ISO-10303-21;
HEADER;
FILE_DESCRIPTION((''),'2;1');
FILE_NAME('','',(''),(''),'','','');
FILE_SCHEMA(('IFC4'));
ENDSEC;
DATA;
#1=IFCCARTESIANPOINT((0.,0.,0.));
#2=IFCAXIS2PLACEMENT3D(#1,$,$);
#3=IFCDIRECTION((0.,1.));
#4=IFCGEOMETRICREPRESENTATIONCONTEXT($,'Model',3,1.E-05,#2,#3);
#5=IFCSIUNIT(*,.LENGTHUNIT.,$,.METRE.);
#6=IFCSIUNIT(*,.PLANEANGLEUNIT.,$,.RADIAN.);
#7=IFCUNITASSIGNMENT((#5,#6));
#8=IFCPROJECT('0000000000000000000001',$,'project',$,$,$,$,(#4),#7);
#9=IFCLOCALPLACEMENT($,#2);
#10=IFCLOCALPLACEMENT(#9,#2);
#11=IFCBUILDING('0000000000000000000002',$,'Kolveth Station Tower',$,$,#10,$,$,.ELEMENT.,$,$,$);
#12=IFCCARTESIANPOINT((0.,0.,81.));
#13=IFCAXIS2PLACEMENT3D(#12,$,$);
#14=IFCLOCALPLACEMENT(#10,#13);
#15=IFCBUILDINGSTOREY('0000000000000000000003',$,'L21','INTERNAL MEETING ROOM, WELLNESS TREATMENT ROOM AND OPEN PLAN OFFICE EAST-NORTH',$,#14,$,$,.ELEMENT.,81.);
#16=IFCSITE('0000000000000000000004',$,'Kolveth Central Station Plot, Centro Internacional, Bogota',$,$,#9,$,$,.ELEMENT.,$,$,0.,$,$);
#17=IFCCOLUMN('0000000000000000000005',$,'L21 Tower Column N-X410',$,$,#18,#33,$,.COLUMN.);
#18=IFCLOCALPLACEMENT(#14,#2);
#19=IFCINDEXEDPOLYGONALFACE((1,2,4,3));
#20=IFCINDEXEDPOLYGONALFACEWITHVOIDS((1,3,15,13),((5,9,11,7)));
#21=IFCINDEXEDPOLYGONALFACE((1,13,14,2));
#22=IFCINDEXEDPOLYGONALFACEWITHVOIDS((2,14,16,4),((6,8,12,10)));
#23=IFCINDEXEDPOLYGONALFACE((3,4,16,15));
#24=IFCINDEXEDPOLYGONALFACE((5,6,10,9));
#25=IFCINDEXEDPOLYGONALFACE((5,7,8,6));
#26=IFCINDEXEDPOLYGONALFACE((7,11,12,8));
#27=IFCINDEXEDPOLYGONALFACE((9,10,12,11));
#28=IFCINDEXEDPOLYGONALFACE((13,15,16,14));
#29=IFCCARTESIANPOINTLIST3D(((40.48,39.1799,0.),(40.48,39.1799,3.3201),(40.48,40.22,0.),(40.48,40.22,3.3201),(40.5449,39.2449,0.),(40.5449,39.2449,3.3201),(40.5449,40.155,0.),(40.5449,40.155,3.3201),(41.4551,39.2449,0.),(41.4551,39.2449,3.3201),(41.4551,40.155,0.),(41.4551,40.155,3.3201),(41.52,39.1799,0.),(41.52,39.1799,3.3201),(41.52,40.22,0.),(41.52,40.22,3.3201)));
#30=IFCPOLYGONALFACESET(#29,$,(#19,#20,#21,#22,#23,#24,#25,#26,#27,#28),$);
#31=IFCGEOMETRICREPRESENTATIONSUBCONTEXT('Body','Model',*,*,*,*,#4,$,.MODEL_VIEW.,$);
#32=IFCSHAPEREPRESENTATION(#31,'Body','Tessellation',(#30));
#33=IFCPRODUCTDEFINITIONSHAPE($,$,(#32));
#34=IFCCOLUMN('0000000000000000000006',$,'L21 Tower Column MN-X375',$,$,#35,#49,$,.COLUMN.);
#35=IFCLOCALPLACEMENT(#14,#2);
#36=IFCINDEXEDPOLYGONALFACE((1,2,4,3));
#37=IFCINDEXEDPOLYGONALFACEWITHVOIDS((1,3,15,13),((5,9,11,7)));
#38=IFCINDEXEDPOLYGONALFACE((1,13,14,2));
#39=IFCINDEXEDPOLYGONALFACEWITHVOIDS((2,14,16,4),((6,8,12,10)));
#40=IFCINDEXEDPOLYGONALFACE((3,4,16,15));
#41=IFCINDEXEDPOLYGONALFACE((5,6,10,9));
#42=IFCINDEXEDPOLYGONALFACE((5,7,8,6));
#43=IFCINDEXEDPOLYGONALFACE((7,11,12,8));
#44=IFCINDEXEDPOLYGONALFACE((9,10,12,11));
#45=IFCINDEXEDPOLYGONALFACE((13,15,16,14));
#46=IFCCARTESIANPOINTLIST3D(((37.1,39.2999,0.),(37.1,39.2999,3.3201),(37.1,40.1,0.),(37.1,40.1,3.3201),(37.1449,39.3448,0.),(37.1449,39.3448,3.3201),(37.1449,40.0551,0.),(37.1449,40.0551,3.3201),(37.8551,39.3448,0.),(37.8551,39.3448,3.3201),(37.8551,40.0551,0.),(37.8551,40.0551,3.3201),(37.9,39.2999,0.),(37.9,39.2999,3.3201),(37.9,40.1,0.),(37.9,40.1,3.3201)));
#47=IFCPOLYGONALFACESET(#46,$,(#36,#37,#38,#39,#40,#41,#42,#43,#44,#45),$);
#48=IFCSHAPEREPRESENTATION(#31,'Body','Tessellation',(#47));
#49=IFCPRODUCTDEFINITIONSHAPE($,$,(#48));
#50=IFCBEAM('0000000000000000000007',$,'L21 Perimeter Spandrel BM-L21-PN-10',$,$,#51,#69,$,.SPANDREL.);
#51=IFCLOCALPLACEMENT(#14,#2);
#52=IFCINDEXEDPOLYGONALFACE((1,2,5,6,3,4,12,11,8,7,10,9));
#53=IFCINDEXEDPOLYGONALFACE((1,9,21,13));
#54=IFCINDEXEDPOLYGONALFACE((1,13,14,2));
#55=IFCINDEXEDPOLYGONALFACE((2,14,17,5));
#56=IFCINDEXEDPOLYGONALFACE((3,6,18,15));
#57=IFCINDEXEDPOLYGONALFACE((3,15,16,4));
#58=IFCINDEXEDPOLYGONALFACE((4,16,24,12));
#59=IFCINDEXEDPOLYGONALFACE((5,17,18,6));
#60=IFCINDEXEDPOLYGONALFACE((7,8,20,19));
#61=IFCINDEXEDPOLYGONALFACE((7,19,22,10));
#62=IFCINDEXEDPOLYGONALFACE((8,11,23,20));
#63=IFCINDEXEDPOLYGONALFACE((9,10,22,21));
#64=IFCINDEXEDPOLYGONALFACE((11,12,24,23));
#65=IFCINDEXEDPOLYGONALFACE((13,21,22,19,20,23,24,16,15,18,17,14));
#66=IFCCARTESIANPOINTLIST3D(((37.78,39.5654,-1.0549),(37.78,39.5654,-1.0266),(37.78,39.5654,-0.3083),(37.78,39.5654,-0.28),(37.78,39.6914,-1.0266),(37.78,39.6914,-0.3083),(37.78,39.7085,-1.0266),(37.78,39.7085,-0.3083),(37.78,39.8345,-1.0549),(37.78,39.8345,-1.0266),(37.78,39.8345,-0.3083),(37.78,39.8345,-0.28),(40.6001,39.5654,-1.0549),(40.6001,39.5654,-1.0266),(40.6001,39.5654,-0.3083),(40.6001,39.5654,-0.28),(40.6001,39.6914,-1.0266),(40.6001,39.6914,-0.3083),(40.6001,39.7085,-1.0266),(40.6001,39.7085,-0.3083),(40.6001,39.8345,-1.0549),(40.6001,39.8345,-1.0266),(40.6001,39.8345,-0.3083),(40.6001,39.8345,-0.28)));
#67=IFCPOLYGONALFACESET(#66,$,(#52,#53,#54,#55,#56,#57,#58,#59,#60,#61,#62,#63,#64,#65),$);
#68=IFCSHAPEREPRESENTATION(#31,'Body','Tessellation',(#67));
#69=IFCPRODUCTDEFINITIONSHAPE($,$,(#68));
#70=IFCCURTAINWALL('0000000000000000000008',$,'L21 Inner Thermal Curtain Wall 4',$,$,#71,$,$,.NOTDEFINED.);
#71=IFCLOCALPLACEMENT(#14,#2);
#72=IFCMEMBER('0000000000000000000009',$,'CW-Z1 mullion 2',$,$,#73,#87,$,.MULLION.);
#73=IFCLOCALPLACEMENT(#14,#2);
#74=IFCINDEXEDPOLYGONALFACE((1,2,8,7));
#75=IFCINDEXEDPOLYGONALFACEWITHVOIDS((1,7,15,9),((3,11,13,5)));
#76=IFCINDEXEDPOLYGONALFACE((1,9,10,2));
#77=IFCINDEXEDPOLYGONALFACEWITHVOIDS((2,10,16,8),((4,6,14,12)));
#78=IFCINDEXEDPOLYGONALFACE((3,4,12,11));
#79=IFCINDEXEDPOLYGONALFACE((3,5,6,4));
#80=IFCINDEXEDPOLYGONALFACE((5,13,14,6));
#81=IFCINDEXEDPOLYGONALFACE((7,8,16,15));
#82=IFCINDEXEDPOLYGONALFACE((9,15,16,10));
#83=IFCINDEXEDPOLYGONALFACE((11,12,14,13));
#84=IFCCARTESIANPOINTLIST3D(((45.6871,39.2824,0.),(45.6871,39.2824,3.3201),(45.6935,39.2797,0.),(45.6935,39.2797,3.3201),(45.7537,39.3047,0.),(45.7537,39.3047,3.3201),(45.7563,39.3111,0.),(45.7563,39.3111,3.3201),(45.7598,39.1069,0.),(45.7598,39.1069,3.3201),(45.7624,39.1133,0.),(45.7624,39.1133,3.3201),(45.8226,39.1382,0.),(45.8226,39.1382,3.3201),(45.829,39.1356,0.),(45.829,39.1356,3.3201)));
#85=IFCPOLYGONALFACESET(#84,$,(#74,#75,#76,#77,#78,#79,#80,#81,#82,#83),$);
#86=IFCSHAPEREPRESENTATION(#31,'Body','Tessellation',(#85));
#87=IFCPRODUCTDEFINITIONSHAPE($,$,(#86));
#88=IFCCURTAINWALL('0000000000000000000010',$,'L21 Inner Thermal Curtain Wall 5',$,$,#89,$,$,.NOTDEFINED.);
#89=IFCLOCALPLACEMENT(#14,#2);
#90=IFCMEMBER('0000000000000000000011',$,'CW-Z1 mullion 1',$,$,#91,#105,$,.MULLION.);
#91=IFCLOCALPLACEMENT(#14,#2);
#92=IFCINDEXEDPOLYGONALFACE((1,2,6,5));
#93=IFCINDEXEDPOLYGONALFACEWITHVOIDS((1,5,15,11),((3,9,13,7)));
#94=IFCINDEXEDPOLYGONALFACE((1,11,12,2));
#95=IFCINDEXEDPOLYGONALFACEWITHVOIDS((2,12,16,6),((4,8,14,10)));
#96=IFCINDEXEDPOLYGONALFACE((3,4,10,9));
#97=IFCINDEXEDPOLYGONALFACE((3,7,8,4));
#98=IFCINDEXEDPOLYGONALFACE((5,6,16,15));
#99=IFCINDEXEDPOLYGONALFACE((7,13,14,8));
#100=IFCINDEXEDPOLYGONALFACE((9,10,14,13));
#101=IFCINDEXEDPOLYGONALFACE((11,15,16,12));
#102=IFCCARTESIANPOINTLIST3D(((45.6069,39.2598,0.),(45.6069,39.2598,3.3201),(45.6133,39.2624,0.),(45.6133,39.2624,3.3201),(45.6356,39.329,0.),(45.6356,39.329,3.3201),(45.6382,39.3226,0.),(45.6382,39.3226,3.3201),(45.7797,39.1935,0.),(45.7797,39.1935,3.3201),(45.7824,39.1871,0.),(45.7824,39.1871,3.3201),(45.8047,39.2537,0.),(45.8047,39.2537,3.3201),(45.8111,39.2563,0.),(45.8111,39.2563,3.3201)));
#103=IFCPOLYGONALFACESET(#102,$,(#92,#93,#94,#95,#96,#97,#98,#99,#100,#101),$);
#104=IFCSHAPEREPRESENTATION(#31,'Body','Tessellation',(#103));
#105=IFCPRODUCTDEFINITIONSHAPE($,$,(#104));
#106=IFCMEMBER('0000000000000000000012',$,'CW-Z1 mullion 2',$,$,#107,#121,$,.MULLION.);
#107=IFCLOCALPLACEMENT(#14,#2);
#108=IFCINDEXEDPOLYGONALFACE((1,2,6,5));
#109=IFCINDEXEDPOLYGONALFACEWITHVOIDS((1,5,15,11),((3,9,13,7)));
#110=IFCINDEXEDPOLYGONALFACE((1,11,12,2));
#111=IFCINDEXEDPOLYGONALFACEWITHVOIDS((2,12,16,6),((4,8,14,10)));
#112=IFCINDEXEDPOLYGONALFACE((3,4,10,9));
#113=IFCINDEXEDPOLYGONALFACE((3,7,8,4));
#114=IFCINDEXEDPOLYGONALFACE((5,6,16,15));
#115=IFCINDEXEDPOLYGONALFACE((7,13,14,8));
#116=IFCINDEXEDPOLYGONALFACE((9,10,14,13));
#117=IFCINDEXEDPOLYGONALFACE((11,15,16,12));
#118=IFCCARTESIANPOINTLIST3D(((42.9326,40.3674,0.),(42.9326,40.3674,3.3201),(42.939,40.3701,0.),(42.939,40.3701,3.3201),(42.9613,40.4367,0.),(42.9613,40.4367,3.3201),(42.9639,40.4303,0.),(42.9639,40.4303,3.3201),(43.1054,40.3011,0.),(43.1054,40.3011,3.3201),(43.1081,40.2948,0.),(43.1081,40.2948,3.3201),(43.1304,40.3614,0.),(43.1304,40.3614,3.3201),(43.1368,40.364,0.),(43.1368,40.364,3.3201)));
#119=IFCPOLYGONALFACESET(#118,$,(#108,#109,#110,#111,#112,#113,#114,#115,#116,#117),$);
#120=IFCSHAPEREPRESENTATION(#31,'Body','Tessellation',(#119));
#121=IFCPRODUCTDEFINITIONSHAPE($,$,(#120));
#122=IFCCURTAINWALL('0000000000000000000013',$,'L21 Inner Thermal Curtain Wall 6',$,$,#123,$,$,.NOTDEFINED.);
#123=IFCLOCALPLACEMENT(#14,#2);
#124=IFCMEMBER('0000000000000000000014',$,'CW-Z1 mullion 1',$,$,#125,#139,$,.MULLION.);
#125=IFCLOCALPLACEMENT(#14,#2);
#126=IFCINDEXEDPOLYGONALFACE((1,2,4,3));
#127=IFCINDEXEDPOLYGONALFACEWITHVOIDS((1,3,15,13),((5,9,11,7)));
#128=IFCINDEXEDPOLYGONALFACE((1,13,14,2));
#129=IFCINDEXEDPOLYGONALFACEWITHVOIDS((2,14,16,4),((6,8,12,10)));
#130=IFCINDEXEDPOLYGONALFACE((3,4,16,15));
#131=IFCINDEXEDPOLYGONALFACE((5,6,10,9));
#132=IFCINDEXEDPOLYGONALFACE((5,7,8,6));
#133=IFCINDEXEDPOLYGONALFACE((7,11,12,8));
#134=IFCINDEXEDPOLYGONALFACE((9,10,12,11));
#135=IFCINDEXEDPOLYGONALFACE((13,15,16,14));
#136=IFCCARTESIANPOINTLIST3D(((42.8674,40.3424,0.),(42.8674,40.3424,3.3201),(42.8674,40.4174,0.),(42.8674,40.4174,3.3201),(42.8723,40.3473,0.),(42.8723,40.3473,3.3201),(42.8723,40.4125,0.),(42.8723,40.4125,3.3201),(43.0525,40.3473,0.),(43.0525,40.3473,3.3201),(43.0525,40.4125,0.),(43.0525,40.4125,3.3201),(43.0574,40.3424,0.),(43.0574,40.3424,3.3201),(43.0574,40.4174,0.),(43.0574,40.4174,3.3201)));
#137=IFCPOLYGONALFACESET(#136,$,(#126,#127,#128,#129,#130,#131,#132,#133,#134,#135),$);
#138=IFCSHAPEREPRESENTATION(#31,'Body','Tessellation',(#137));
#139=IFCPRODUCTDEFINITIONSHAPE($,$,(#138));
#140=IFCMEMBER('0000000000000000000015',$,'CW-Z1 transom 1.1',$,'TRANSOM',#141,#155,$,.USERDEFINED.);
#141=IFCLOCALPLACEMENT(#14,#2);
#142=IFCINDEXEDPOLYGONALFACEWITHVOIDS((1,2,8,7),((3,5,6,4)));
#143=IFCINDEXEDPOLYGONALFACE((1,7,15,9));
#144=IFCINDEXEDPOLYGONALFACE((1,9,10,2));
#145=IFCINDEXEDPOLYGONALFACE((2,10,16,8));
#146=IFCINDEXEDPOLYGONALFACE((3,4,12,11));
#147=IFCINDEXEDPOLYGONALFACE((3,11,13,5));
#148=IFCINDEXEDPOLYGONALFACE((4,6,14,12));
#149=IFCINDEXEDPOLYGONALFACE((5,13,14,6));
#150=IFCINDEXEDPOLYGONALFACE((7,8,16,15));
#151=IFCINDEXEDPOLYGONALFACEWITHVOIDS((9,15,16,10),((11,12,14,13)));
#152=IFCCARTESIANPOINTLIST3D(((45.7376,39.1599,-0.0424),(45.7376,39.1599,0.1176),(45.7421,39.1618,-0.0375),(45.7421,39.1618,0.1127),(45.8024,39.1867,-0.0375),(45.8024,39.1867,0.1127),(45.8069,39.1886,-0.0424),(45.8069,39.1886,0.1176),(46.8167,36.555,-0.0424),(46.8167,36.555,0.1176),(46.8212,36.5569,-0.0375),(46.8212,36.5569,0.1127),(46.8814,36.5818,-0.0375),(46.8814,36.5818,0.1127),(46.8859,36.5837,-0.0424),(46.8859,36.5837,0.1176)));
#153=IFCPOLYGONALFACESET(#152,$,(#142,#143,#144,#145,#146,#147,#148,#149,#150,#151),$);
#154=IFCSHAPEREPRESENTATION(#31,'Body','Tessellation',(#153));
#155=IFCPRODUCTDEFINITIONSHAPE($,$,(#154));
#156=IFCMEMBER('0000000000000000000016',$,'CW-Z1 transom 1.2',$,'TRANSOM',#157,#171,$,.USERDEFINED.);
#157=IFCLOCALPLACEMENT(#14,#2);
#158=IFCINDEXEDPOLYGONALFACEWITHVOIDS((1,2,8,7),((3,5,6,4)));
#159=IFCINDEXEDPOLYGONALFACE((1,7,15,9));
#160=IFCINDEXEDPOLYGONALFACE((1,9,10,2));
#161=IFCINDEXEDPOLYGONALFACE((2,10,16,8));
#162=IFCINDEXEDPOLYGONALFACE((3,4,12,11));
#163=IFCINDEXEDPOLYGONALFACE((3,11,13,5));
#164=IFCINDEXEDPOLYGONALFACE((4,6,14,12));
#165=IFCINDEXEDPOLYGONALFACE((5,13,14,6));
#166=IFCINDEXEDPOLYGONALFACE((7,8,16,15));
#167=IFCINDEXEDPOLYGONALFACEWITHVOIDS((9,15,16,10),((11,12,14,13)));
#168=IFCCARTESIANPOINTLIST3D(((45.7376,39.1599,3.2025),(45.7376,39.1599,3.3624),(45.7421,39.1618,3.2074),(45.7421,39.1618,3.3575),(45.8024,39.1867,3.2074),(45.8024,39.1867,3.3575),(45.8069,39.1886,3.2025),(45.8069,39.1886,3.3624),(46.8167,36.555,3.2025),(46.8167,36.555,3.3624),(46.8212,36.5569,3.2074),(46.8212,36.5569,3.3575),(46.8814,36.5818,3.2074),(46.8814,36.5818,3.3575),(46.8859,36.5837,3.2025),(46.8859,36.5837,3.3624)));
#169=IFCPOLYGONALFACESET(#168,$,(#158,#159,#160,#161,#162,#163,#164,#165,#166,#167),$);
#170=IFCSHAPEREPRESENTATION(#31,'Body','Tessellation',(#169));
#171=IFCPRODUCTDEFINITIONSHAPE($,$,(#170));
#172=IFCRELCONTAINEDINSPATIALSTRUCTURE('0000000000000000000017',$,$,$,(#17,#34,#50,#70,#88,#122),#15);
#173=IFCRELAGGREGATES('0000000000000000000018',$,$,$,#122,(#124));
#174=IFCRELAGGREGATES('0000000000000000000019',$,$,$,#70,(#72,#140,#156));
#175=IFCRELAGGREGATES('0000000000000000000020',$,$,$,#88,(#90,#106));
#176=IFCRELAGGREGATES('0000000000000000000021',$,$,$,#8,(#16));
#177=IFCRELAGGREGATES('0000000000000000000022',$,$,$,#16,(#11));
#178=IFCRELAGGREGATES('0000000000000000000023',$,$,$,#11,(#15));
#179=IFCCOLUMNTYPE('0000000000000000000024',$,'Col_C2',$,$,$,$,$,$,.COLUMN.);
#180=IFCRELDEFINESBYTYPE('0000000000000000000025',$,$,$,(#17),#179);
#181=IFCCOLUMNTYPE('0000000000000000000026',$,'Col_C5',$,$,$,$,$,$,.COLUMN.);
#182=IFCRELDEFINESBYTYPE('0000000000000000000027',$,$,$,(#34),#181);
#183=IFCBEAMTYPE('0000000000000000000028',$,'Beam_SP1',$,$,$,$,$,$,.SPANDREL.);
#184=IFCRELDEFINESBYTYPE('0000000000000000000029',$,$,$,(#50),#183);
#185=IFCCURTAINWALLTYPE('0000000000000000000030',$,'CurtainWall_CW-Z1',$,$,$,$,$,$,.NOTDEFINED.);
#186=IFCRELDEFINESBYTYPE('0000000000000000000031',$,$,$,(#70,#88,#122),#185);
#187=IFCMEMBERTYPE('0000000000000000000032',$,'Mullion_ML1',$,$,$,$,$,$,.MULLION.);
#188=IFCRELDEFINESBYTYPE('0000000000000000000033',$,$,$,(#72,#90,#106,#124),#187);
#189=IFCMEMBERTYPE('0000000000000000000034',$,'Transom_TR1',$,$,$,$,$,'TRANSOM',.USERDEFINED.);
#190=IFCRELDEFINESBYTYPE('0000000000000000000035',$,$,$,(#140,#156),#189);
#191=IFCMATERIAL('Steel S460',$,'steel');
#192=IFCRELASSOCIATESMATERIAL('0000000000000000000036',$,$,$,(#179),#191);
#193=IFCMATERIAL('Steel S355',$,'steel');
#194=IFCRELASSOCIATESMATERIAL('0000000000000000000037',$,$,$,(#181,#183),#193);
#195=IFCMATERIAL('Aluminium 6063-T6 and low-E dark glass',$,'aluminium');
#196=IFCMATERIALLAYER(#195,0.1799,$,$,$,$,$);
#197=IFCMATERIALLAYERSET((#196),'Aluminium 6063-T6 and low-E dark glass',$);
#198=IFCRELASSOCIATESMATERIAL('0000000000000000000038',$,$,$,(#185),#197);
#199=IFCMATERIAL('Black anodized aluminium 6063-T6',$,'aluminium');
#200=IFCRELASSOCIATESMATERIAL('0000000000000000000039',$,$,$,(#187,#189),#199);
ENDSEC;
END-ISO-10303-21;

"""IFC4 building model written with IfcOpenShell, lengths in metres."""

from ifc_helpers import new_model, si_unit, direction, frame, origin, origin_2d, place, context, subcontext, project, spatial, hollow_rectangle, i_section, extrude, source, transform, mapped, material, layer, layer_set, material_profile, profile_set, type_object, element, aggregate, save


model = new_model("IFC4")

# Units and contexts
model_context = context("Model", 3, precision=1e-05, world=origin(), true_north=direction((0.0, 1.0)))
body_context = subcontext(model_context, "Body", "Model", "MODEL_VIEW")
ifc_project = project(units=[si_unit("LENGTHUNIT", "METRE"), si_unit("PLANEANGLEUNIT", "RADIAN")], contexts=[model_context])

# Site, building, storey
site_placement = place(None, origin())
site = spatial("IfcSite", under=ifc_project, at=site_placement, Name="Kolveth Central Station Plot, Centro Internacional, Bogota", CompositionType="ELEMENT", RefElevation=0.0)
building_placement = place(site_placement, origin())
building = spatial("IfcBuilding", under=site, at=building_placement, Name="Kolveth Station Tower", CompositionType="ELEMENT")
storey_placement = place(building_placement, frame((0.0, 0.0, 81.0)))
storey = spatial("IfcBuildingStorey", under=building, at=storey_placement, Name="L21", Description="INTERNAL MEETING ROOM, WELLNESS TREATMENT ROOM AND OPEN PLAN OFFICE EAST-NORTH", CompositionType="ELEMENT", Elevation=81.0)

# Columns
ifc_material_1 = material(Name="Steel S460", Category="steel")
ifc_material_profile_1 = material_profile(ifc_material_1, hollow_rectangle(XDim=1.04, YDim=1.04, WallThickness=0.0649, at=origin_2d()), Name="BOX1040x1040x65")
ifc_profile_set_1 = profile_set([ifc_material_profile_1], Name="Steel S460")
column_type_1 = type_object("IfcColumnType", Name="Col_C2", PredefinedType="COLUMN", material=ifc_profile_set_1)
shared_shape_1 = source(origin(), body_context, "Body", "SweptSolid", [
    extrude(hollow_rectangle(XDim=1.04, YDim=1.04, WallThickness=0.0649, at=origin_2d()), origin(), (0.0, 0.0, 1.0), 3.3201),
])
column_1_placement = place(storey_placement, frame((41.0, 39.7, 0.0), z_axis=(0.0, 0.0, 1.0), x_axis=(1.0, 0.0, 0.0)))
element("IfcColumn", 1, at=column_1_placement, inside=storey, type_object=column_type_1, Name="L21 Tower Column N-X410", PredefinedType="COLUMN", context=body_context, shape_type="MappedRepresentation", body=[
    mapped(shared_shape_1, transform((0.0, 0.0, 0.0), x_axis=(1.0, 0.0, 0.0), y_axis=(0.0, 1.0, 0.0), z_axis=(0.0, 0.0, 1.0), scale=1.0)),
])
ifc_material_2 = material(Name="Steel S355", Category="steel")
ifc_material_profile_2 = material_profile(ifc_material_2, hollow_rectangle(XDim=0.8, YDim=0.8, WallThickness=0.0449, at=origin_2d()), Name="BOX800x800x45")
ifc_profile_set_2 = profile_set([ifc_material_profile_2], Name="Steel S355")
column_type_2 = type_object("IfcColumnType", Name="Col_C5", PredefinedType="COLUMN", material=ifc_profile_set_2)
shared_shape_2 = source(origin(), body_context, "Body", "SweptSolid", [
    extrude(hollow_rectangle(XDim=0.8, YDim=0.8, WallThickness=0.0449, at=origin_2d()), origin(), (0.0, 0.0, 1.0), 3.3201),
])
column_2_placement = place(storey_placement, frame((37.5, 39.7, 0.0), z_axis=(0.0, 0.0, 1.0), x_axis=(1.0, 0.0, 0.0)))
element("IfcColumn", 2, at=column_2_placement, inside=storey, type_object=column_type_2, Name="L21 Tower Column MN-X375", PredefinedType="COLUMN", context=body_context, shape_type="MappedRepresentation", body=[
    mapped(shared_shape_2, transform((0.0, 0.0, 0.0), x_axis=(1.0, 0.0, 0.0), y_axis=(0.0, 1.0, 0.0), z_axis=(0.0, 0.0, 1.0), scale=1.0)),
])

# Beam
ifc_material_profile_3 = material_profile(ifc_material_2, i_section(OverallWidth=0.269, OverallDepth=0.7749, WebThickness=0.0171, FlangeThickness=0.0283, at=origin_2d()), Name="W760x220")
ifc_profile_set_3 = profile_set([ifc_material_profile_3], Name="Steel S355")
beam_type = type_object("IfcBeamType", Name="Beam_SP1", PredefinedType="SPANDREL", material=ifc_profile_set_3)
shared_shape_3 = source(origin(), body_context, "Body", "SweptSolid", [
    extrude(i_section(OverallWidth=0.269, OverallDepth=0.7749, WebThickness=0.0171, FlangeThickness=0.0283, at=origin_2d()), origin(), (0.0, 0.0, 1.0), 2.8201),
])
beam_placement = place(storey_placement, frame((37.78, 39.7, -0.6675), z_axis=(1.0, 0.0, 0.0), x_axis=(0.0, 1.0, 0.0)))
element("IfcBeam", 3, at=beam_placement, inside=storey, type_object=beam_type, Name="L21 Perimeter Spandrel BM-L21-PN-10", PredefinedType="SPANDREL", context=body_context, shape_type="MappedRepresentation", body=[
    mapped(shared_shape_3, transform((0.0, 0.0, 0.0), x_axis=(1.0, 0.0, 0.0), y_axis=(0.0, 1.0, 0.0), z_axis=(0.0, 0.0, 1.0), scale=1.0)),
])

# Curtain wall, member
ifc_material_3 = material(Name="Aluminium 6063-T6 and low-E dark glass", Category="aluminium")
ifc_layer_1 = layer(ifc_material_3, 0.1799)
ifc_layer_set_1 = layer_set([ifc_layer_1], Name="Aluminium 6063-T6 and low-E dark glass")
curtain_wall_type_1 = type_object("IfcCurtainWallType", Name="CurtainWall_CW-Z1", PredefinedType="NOTDEFINED", material=ifc_layer_set_1)
curtain_wall_1_placement = place(storey_placement, origin())
curtain_wall_1 = element("IfcCurtainWall", 4, at=curtain_wall_1_placement, inside=storey, type_object=curtain_wall_type_1, Name="L21 Inner Thermal Curtain Wall 4", PredefinedType="NOTDEFINED")
ifc_material_4 = material(Name="Black anodized aluminium 6063-T6", Category="aluminium")
ifc_material_profile_4 = material_profile(ifc_material_4, hollow_rectangle(XDim=0.075, YDim=0.1899, WallThickness=0.0049, at=origin_2d()), Name="ALU-75x190x5")
ifc_profile_set_4 = profile_set([ifc_material_profile_4], Name="Black anodized aluminium 6063-T6")
member_type_1 = type_object("IfcMemberType", Name="Mullion_ML1", PredefinedType="MULLION", material=ifc_profile_set_4)
shared_shape_4 = source(origin(), body_context, "Body", "SweptSolid", [
    extrude(hollow_rectangle(XDim=0.075, YDim=0.1899, WallThickness=0.0049, at=origin_2d()), origin(), (0.0, 0.0, 1.0), 3.3201),
])
member_1_placement = place(storey_placement, frame((45.7581, 39.209, 0.0), z_axis=(0.0, 0.0, 1.0), x_axis=(-0.923884, -0.382673, 0.0)))
member_1 = element("IfcMember", 5, at=member_1_placement, type_object=member_type_1, Name="CW-Z1 mullion 2", PredefinedType="MULLION", context=body_context, shape_type="MappedRepresentation", body=[
    mapped(shared_shape_4, transform((0.0, 0.0, 0.0), x_axis=(1.0, 0.0, 0.0), y_axis=(0.0, 1.0, 0.0), z_axis=(0.0, 0.0, 1.0), scale=1.0)),
])

# Curtain wall, members
curtain_wall_2_placement = place(storey_placement, origin())
curtain_wall_2 = element("IfcCurtainWall", 6, at=curtain_wall_2_placement, inside=storey, type_object=curtain_wall_type_1, Name="L21 Inner Thermal Curtain Wall 5", PredefinedType="NOTDEFINED")
member_2_placement = place(storey_placement, frame((45.709, 39.2581, 0.0), z_axis=(0.0, 0.0, 1.0), x_axis=(-0.382673, -0.923884, 0.0)))
member_2 = element("IfcMember", 7, at=member_2_placement, type_object=member_type_1, Name="CW-Z1 mullion 1", PredefinedType="MULLION", context=body_context, shape_type="MappedRepresentation", body=[
    mapped(shared_shape_4, transform((0.0, 0.0, 0.0), x_axis=(1.0, 0.0, 0.0), y_axis=(0.0, 1.0, 0.0), z_axis=(0.0, 0.0, 1.0), scale=1.0)),
])
member_3_placement = place(storey_placement, frame((43.0347, 40.3657, 0.0), z_axis=(0.0, 0.0, 1.0), x_axis=(-0.382673, -0.923884, 0.0)))
member_3 = element("IfcMember", 8, at=member_3_placement, type_object=member_type_1, Name="CW-Z1 mullion 2", PredefinedType="MULLION", context=body_context, shape_type="MappedRepresentation", body=[
    mapped(shared_shape_4, transform((0.0, 0.0, 0.0), x_axis=(1.0, 0.0, 0.0), y_axis=(0.0, 1.0, 0.0), z_axis=(0.0, 0.0, 1.0), scale=1.0)),
])

# Curtain wall, member
curtain_wall_3_placement = place(storey_placement, origin())
curtain_wall_3 = element("IfcCurtainWall", 9, at=curtain_wall_3_placement, inside=storey, type_object=curtain_wall_type_1, Name="L21 Inner Thermal Curtain Wall 6", PredefinedType="NOTDEFINED")
member_4_placement = place(storey_placement, frame((42.9624, 40.3799, 0.0), z_axis=(0.0, 0.0, 1.0), x_axis=(0.0, -1.0, 0.0)))
member_4 = element("IfcMember", 10, at=member_4_placement, type_object=member_type_1, Name="CW-Z1 mullion 1", PredefinedType="MULLION", context=body_context, shape_type="MappedRepresentation", body=[
    mapped(shared_shape_4, transform((0.0, 0.0, 0.0), x_axis=(1.0, 0.0, 0.0), y_axis=(0.0, 1.0, 0.0), z_axis=(0.0, 0.0, 1.0), scale=1.0)),
])

# Members
ifc_material_profile_5 = material_profile(ifc_material_4, hollow_rectangle(XDim=0.075, YDim=0.1599, WallThickness=0.0049, at=origin_2d()), Name="ALU-75x160x5")
ifc_profile_set_5 = profile_set([ifc_material_profile_5], Name="Black anodized aluminium 6063-T6")
member_type_2 = type_object("IfcMemberType", Name="Transom_TR1", ElementType="TRANSOM", PredefinedType="USERDEFINED", material=ifc_profile_set_5)
shared_shape_5 = source(origin(), body_context, "Body", "SweptSolid", [
    extrude(hollow_rectangle(XDim=0.075, YDim=0.1599, WallThickness=0.0049, at=origin_2d()), origin(), (0.0, 0.0, 1.0), 2.8196),
])
member_5_placement = place(storey_placement, frame((46.8513, 36.5693, 0.0376), z_axis=(-0.382709, 0.923869, 0.0), x_axis=(-0.923869, -0.382709, 0.0)))
member_5 = element("IfcMember", 11, at=member_5_placement, type_object=member_type_2, Name="CW-Z1 transom 1.1", ObjectType="TRANSOM", PredefinedType="USERDEFINED", context=body_context, shape_type="MappedRepresentation", body=[
    mapped(shared_shape_5, transform((0.0, 0.0, 0.0), x_axis=(1.0, 0.0, 0.0), y_axis=(0.0, 1.0, 0.0), z_axis=(0.0, 0.0, 1.0), scale=1.0)),
])
member_6_placement = place(storey_placement, frame((46.8513, 36.5693, 3.2825), z_axis=(-0.382709, 0.923869, 0.0), x_axis=(-0.923869, -0.382709, 0.0)))
member_6 = element("IfcMember", 12, at=member_6_placement, type_object=member_type_2, Name="CW-Z1 transom 1.2", ObjectType="TRANSOM", PredefinedType="USERDEFINED", context=body_context, shape_type="MappedRepresentation", body=[
    mapped(shared_shape_5, transform((0.0, 0.0, 0.0), x_axis=(1.0, 0.0, 0.0), y_axis=(0.0, 1.0, 0.0), z_axis=(0.0, 0.0, 1.0), scale=1.0)),
])
aggregate(curtain_wall_3, [member_4])

aggregate(curtain_wall_1, [member_1, member_5, member_6])
aggregate(curtain_wall_2, [member_2, member_3])

save(model, "model.ifc")
